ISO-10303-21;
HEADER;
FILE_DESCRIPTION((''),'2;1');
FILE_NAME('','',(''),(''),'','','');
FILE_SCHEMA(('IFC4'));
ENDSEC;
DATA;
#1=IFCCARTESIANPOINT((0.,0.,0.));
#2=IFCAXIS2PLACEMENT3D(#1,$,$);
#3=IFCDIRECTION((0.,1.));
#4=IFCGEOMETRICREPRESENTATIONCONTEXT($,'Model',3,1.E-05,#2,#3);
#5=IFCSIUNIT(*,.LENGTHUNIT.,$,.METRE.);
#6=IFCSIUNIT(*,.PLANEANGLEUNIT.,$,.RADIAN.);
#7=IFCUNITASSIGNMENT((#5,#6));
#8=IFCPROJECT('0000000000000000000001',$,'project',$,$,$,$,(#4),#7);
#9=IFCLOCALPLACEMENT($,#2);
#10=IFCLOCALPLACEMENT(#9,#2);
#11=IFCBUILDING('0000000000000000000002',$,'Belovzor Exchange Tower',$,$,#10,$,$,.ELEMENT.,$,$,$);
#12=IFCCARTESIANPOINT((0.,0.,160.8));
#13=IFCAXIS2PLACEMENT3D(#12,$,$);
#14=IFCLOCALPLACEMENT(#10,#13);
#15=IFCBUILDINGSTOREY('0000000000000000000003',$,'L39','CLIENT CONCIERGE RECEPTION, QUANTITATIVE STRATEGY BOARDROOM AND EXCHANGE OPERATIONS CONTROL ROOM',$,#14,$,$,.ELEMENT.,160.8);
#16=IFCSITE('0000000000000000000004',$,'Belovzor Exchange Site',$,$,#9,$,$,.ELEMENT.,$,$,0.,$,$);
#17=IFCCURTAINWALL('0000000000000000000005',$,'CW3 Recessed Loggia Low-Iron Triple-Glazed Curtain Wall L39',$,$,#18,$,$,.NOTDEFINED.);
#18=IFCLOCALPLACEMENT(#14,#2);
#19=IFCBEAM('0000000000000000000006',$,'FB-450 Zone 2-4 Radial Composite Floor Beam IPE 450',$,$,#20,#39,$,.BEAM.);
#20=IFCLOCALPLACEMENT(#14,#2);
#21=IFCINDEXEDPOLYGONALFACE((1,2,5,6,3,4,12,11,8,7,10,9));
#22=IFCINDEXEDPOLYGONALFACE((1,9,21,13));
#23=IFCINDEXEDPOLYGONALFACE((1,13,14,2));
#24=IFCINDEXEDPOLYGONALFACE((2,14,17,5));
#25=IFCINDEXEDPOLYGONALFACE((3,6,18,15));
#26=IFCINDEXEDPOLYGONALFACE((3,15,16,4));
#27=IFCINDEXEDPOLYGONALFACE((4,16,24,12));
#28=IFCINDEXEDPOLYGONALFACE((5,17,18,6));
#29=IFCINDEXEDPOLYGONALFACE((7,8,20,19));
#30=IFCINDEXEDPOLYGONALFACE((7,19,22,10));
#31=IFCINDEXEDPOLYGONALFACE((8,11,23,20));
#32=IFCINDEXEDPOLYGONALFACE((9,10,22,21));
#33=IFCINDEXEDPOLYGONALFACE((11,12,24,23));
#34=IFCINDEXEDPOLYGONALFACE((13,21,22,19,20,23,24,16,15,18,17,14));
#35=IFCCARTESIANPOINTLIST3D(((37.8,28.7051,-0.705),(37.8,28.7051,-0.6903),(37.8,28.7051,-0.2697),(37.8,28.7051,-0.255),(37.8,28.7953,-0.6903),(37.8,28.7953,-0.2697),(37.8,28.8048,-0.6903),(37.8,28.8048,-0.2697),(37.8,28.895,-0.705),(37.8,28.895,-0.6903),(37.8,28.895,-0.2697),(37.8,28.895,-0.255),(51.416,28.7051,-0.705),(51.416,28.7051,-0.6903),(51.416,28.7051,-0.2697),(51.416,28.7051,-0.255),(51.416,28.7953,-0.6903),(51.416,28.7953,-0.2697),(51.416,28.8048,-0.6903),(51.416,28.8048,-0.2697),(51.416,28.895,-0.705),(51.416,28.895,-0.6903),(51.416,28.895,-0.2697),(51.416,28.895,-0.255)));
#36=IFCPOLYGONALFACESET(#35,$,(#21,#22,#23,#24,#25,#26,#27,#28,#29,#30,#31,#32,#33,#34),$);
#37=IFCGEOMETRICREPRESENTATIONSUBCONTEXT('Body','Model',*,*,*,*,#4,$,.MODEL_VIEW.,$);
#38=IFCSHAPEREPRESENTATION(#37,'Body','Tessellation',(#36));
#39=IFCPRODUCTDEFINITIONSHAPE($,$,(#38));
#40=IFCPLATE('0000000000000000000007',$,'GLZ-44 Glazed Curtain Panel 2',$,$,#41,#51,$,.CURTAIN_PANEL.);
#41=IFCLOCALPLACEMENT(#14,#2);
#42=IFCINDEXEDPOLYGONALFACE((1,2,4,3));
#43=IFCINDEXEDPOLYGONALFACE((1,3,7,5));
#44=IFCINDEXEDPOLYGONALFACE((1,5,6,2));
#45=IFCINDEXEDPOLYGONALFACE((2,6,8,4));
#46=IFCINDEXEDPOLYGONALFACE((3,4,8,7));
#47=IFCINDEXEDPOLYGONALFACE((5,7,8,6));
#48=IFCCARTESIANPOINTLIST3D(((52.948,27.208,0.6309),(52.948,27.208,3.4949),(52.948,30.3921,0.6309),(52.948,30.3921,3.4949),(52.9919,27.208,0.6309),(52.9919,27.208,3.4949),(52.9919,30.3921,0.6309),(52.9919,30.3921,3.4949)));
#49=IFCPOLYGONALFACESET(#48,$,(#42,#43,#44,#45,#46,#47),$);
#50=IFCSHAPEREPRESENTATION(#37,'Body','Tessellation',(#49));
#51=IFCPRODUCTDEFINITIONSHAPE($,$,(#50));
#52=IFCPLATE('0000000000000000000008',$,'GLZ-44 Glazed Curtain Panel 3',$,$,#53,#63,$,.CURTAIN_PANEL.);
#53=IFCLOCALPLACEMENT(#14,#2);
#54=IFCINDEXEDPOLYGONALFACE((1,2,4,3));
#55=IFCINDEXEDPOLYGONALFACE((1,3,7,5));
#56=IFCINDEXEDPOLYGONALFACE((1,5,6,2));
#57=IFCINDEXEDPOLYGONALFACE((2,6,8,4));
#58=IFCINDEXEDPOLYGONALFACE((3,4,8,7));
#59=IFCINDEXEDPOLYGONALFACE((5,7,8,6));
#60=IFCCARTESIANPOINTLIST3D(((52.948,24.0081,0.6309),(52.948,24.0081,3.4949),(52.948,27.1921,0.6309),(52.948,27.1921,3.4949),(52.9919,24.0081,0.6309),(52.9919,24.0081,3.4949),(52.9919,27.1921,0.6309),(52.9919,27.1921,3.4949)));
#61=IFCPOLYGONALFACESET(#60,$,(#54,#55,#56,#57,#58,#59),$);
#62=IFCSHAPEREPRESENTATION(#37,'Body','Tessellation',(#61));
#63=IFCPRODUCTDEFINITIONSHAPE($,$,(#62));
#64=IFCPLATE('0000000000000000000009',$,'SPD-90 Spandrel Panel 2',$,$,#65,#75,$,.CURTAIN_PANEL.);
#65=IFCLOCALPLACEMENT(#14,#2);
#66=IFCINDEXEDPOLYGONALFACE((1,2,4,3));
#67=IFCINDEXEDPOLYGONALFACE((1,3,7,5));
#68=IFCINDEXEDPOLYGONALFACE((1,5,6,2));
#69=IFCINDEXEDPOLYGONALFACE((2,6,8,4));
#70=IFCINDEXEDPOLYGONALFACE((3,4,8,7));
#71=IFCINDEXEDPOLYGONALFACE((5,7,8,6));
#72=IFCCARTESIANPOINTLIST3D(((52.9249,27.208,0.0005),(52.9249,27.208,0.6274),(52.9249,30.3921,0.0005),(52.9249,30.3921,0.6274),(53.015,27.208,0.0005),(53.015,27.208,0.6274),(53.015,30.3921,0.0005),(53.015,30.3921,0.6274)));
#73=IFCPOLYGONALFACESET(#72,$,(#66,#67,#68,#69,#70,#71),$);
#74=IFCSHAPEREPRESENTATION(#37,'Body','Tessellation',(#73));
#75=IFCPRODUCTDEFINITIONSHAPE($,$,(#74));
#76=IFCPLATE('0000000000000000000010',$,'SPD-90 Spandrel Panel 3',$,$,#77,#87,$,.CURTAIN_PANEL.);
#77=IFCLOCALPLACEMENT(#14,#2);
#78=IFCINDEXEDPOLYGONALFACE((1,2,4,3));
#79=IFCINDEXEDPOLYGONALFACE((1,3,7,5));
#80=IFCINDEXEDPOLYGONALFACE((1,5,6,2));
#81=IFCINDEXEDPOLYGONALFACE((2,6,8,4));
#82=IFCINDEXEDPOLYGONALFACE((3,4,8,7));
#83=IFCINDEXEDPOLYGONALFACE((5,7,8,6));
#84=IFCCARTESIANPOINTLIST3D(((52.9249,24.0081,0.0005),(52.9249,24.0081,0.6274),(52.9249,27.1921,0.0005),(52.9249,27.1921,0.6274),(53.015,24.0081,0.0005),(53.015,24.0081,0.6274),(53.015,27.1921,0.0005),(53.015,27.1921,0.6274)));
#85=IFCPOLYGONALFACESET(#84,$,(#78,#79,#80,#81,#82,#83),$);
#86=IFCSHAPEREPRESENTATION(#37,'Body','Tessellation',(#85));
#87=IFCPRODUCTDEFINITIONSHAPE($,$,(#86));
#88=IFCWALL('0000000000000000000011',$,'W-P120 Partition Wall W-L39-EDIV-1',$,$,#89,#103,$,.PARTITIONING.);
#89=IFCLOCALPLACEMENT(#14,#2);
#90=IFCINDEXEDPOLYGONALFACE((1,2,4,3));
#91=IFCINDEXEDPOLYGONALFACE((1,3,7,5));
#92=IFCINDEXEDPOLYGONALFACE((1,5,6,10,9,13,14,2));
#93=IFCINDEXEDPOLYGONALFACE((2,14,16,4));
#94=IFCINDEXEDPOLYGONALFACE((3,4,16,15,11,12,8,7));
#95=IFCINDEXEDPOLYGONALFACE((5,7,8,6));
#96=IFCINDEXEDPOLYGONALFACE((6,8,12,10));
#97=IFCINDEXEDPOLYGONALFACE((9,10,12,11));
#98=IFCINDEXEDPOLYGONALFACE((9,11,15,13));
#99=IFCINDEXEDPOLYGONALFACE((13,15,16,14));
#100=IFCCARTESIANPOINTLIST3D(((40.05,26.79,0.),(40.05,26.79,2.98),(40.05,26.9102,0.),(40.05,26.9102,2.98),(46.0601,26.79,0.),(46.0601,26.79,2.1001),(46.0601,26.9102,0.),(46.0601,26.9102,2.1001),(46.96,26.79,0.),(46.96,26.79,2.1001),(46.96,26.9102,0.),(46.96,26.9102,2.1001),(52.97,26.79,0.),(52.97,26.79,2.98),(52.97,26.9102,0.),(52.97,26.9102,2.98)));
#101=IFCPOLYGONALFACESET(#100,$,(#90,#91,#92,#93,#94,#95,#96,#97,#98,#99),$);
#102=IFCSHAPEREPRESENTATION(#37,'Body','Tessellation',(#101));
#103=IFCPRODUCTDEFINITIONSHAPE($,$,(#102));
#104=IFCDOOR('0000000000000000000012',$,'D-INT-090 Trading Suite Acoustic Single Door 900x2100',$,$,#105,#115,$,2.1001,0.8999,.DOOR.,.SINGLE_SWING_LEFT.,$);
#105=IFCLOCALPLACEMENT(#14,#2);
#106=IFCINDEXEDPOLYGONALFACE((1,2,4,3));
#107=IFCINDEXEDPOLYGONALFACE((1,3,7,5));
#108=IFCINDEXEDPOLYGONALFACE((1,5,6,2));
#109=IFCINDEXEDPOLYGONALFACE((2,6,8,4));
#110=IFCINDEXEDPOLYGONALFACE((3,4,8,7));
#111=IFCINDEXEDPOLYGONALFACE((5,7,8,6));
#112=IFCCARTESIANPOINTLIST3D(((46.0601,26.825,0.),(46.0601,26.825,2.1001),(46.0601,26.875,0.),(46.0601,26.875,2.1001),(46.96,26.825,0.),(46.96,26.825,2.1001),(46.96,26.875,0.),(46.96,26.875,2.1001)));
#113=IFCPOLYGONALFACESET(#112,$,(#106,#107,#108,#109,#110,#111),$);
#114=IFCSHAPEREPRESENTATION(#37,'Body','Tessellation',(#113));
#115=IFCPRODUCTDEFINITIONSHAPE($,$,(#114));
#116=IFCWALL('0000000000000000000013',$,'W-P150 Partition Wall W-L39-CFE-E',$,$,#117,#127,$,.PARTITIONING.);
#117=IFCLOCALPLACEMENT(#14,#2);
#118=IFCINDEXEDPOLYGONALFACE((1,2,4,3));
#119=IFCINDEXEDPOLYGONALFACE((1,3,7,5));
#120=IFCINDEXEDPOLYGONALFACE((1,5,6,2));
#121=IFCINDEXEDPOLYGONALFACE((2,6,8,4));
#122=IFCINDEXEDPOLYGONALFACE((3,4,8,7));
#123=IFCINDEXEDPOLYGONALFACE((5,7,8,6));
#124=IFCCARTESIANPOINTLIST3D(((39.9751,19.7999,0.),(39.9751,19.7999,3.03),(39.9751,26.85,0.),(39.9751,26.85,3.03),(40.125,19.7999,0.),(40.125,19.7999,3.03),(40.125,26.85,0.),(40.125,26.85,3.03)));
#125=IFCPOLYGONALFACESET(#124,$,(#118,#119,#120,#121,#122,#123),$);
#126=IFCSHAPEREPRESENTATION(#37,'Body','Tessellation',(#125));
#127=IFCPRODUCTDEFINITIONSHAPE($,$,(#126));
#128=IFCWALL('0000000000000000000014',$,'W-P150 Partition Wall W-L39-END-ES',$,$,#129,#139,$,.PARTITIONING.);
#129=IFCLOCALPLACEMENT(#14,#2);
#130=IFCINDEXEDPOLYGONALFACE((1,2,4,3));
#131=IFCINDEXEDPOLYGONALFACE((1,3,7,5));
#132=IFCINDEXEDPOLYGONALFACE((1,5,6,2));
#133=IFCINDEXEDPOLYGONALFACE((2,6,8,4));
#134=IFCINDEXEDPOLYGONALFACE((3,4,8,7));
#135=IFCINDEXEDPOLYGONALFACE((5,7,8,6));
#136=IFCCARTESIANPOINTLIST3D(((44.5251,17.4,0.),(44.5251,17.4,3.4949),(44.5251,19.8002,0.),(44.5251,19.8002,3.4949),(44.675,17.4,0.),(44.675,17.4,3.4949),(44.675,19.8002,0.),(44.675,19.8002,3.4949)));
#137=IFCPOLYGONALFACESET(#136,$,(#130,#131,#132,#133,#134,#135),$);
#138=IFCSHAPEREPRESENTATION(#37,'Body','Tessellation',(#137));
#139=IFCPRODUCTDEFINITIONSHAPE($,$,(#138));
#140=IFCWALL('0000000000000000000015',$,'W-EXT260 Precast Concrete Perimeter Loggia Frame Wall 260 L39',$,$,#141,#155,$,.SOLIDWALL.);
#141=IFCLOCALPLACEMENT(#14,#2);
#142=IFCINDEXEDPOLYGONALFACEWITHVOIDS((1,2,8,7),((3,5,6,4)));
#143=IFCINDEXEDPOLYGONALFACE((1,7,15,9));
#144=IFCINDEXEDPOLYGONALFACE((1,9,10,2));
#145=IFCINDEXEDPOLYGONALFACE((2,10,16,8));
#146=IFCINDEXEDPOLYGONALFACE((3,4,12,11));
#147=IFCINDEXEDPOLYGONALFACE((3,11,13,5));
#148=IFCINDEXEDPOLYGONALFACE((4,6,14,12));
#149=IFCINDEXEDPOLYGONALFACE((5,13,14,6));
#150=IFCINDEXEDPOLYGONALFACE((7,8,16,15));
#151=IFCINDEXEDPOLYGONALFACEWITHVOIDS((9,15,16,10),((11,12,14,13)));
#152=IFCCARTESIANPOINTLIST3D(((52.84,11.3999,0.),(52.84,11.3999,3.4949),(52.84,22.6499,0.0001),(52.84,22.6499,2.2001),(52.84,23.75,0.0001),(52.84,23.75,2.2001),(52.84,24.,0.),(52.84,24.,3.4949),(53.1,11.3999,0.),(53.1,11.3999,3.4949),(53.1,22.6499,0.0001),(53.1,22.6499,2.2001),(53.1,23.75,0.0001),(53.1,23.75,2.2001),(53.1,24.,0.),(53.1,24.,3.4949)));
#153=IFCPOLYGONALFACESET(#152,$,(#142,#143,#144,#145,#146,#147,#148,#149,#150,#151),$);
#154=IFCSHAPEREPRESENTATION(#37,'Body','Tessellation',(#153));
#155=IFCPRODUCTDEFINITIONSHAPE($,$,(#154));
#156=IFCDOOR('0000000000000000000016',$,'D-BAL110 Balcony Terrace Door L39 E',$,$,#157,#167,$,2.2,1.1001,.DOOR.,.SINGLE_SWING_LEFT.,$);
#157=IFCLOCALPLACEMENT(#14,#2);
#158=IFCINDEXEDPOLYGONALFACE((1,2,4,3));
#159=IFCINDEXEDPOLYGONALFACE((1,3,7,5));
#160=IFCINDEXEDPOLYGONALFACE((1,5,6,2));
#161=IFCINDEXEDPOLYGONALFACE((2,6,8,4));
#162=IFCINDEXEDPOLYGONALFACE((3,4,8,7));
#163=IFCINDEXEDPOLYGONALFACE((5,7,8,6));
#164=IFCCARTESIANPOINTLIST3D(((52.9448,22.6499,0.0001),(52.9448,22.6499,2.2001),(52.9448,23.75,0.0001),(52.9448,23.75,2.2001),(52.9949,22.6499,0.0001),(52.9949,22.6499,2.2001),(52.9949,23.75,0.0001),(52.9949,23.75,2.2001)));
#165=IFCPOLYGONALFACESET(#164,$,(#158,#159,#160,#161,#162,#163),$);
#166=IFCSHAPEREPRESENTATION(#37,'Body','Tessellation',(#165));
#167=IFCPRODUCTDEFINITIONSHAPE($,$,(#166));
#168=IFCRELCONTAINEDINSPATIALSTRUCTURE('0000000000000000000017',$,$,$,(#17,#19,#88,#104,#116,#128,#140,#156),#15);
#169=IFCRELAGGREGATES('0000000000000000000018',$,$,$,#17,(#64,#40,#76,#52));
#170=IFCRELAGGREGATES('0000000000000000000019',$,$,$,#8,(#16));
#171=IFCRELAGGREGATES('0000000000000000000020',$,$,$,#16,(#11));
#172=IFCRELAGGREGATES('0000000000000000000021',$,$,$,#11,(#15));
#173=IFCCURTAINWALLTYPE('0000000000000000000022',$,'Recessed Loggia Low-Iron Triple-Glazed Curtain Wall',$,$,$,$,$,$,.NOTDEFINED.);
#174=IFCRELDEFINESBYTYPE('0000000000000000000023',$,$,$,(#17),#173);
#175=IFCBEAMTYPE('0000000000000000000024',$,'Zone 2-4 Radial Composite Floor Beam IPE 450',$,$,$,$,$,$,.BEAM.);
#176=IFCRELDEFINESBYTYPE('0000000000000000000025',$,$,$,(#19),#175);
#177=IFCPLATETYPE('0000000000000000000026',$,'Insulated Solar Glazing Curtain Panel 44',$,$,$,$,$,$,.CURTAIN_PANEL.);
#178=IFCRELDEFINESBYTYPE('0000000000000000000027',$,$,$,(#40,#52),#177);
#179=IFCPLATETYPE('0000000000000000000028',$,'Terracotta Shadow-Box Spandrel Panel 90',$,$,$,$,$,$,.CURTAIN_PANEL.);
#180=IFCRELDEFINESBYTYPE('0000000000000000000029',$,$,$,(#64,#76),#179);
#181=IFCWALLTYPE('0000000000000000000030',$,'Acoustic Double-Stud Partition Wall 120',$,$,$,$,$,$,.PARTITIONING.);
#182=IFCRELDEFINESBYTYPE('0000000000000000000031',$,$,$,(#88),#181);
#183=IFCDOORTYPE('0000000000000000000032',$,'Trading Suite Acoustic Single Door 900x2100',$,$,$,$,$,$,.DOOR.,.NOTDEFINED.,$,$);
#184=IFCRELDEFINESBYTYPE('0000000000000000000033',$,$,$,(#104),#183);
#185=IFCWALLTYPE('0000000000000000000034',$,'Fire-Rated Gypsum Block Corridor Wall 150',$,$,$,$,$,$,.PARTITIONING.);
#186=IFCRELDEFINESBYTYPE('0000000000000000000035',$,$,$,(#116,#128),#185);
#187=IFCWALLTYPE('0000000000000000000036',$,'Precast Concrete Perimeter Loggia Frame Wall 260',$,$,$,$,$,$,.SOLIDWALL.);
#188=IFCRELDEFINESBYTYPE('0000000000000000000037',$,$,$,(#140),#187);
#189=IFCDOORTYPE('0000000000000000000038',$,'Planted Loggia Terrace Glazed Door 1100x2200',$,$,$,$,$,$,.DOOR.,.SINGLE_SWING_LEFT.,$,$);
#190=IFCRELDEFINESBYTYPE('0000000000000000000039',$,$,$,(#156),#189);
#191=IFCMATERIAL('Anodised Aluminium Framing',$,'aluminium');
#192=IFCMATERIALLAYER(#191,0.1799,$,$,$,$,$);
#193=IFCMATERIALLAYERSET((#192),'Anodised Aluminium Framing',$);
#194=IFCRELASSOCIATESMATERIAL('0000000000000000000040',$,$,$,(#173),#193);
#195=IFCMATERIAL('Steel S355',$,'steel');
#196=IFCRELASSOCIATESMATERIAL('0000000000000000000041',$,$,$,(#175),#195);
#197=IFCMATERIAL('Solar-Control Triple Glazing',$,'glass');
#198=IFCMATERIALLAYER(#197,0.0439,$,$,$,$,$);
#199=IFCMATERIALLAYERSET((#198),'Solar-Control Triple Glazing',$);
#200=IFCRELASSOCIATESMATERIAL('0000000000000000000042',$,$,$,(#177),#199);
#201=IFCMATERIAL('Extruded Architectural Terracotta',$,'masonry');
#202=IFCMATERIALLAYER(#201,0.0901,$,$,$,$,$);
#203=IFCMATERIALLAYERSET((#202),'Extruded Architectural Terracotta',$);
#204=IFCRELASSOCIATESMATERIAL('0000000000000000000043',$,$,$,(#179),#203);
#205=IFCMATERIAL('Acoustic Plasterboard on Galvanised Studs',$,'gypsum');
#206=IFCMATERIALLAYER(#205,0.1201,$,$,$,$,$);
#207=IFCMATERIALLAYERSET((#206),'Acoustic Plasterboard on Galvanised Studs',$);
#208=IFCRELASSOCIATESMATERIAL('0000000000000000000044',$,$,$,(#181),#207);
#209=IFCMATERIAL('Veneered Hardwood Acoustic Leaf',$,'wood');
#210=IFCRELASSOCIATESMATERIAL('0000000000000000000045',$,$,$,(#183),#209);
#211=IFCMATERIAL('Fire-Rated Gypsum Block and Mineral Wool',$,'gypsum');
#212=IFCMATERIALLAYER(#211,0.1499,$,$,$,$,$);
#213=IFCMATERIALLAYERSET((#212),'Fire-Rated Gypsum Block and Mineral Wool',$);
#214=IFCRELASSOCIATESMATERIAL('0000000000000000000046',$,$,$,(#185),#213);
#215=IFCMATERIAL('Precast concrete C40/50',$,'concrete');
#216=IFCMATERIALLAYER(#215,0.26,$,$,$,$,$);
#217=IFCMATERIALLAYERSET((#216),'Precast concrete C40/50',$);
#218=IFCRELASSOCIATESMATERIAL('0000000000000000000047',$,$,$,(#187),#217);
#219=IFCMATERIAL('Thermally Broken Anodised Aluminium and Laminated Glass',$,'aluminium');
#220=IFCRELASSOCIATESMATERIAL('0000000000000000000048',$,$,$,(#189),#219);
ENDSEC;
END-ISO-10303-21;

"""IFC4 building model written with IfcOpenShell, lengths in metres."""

from ifc_helpers import new_model, si_unit, direction, frame, frame_2d, origin, origin_2d, place, context, subcontext, project, spatial, rectangle, i_section, extrude, material, layer, layer_set, material_profile, profile_set, type_object, element, fill, aggregate, save


model = new_model("IFC4")

# Units and contexts
model_context = context("Model", 3, precision=1e-05, world=origin(), true_north=direction((0.0, 1.0)))
body_context = subcontext(model_context, "Body", "Model", "MODEL_VIEW")
ifc_project = project(units=[si_unit("LENGTHUNIT", "METRE"), si_unit("PLANEANGLEUNIT", "RADIAN")], contexts=[model_context])

# Site, building, storey
site_placement = place(None, origin())
site = spatial("IfcSite", under=ifc_project, at=site_placement, Name="Belovzor Exchange Site", CompositionType="ELEMENT", RefElevation=0.0)
building_placement = place(site_placement, origin())
building = spatial("IfcBuilding", under=site, at=building_placement, Name="Belovzor Exchange Tower", CompositionType="ELEMENT")
storey_placement = place(building_placement, frame((0.0, 0.0, 160.8)))
storey = spatial("IfcBuildingStorey", under=building, at=storey_placement, Name="L39", Description="CLIENT CONCIERGE RECEPTION, QUANTITATIVE STRATEGY BOARDROOM AND EXCHANGE OPERATIONS CONTROL ROOM", CompositionType="ELEMENT", Elevation=160.8)

# Curtain wall
ifc_material_1 = material(Name="Anodised Aluminium Framing", Category="aluminium")
ifc_layer_1 = layer(ifc_material_1, 0.1799)
ifc_layer_set_1 = layer_set([ifc_layer_1], Name="Anodised Aluminium Framing")
curtain_wall_type = type_object("IfcCurtainWallType", Name="Recessed Loggia Low-Iron Triple-Glazed Curtain Wall", PredefinedType="NOTDEFINED", material=ifc_layer_set_1)
curtain_wall_placement = place(storey_placement, origin())
curtain_wall = element("IfcCurtainWall", 1, at=curtain_wall_placement, inside=storey, type_object=curtain_wall_type, Name="CW3 Recessed Loggia Low-Iron Triple-Glazed Curtain Wall L39", PredefinedType="NOTDEFINED")

# Beam
ifc_material_2 = material(Name="Steel S355", Category="steel")
ifc_material_profile_1 = material_profile(ifc_material_2, i_section(OverallWidth=0.1899, OverallDepth=0.45, WebThickness=0.0095, FlangeThickness=0.0146, at=origin_2d()))
ifc_profile_set_1 = profile_set([ifc_material_profile_1], Name="Steel S355")
beam_type_1 = type_object("IfcBeamType", Name="Zone 2-4 Radial Composite Floor Beam IPE 450", PredefinedType="BEAM", material=ifc_profile_set_1)
beam_1_placement = place(storey_placement, frame((37.8, 28.8, -0.48), z_axis=(1.0, 0.0, 0.0), x_axis=(0.0, 1.0, 0.0)))
element("IfcBeam", 2, at=beam_1_placement, inside=storey, type_object=beam_type_1, Name="FB-450 Zone 2-4 Radial Composite Floor Beam IPE 450", PredefinedType="BEAM", context=body_context, shape_type="SweptSolid", body=[
    extrude(i_section(OverallWidth=0.1899, OverallDepth=0.45, WebThickness=0.0095, FlangeThickness=0.0146, at=origin_2d()), origin(), (0.0, 0.0, 1.0), 13.616),
])

# Plates
ifc_material_3 = material(Name="Solar-Control Triple Glazing", Category="glass")
ifc_layer_2 = layer(ifc_material_3, 0.0439)
ifc_layer_set_2 = layer_set([ifc_layer_2], Name="Solar-Control Triple Glazing")
plate_type_1 = type_object("IfcPlateType", Name="Insulated Solar Glazing Curtain Panel 44", PredefinedType="CURTAIN_PANEL", material=ifc_layer_set_2)
plate_1_placement = place(storey_placement, frame((52.97, 28.8, 0.6309), z_axis=(0.0, 0.0, 1.0), x_axis=(0.0, -1.0, 0.0)))
plate_1 = element("IfcPlate", 3, at=plate_1_placement, type_object=plate_type_1, Name="GLZ-44 Glazed Curtain Panel 2", PredefinedType="CURTAIN_PANEL", context=body_context, shape_type="SweptSolid", body=[
    extrude(rectangle(XDim=3.1841, YDim=0.0439, at=origin_2d()), origin(), (0.0, 0.0, 1.0), 2.864),
])
plate_2_placement = place(storey_placement, frame((52.97, 25.6001, 0.6309), z_axis=(0.0, 0.0, 1.0), x_axis=(0.0, -1.0, 0.0)))
plate_2 = element("IfcPlate", 4, at=plate_2_placement, type_object=plate_type_1, Name="GLZ-44 Glazed Curtain Panel 3", PredefinedType="CURTAIN_PANEL", context=body_context, shape_type="SweptSolid", body=[
    extrude(rectangle(XDim=3.1841, YDim=0.0439, at=origin_2d()), origin(), (0.0, 0.0, 1.0), 2.864),
])
ifc_material_4 = material(Name="Extruded Architectural Terracotta", Category="masonry")
ifc_layer_3 = layer(ifc_material_4, 0.0901)
ifc_layer_set_3 = layer_set([ifc_layer_3], Name="Extruded Architectural Terracotta")
plate_type_2 = type_object("IfcPlateType", Name="Terracotta Shadow-Box Spandrel Panel 90", PredefinedType="CURTAIN_PANEL", material=ifc_layer_set_3)
plate_3_placement = place(storey_placement, frame((52.97, 28.8, 0.0005), z_axis=(0.0, 0.0, 1.0), x_axis=(0.0, -1.0, 0.0)))
plate_3 = element("IfcPlate", 5, at=plate_3_placement, type_object=plate_type_2, Name="SPD-90 Spandrel Panel 2", PredefinedType="CURTAIN_PANEL", context=body_context, shape_type="SweptSolid", body=[
    extrude(rectangle(XDim=3.1841, YDim=0.0901, at=origin_2d()), origin(), (0.0, 0.0, 1.0), 0.627),
])
plate_4_placement = place(storey_placement, frame((52.97, 25.6001, 0.0005), z_axis=(0.0, 0.0, 1.0), x_axis=(0.0, -1.0, 0.0)))
plate_4 = element("IfcPlate", 6, at=plate_4_placement, type_object=plate_type_2, Name="SPD-90 Spandrel Panel 3", PredefinedType="CURTAIN_PANEL", context=body_context, shape_type="SweptSolid", body=[
    extrude(rectangle(XDim=3.1841, YDim=0.0901, at=origin_2d()), origin(), (0.0, 0.0, 1.0), 0.627),
])
aggregate(curtain_wall, [plate_3, plate_1, plate_4, plate_2])

# Wall, opening, door
ifc_material_5 = material(Name="Acoustic Plasterboard on Galvanised Studs", Category="gypsum")
ifc_layer_4 = layer(ifc_material_5, 0.1201)
ifc_layer_set_4 = layer_set([ifc_layer_4], Name="Acoustic Plasterboard on Galvanised Studs")
wall_type_1 = type_object("IfcWallType", Name="Acoustic Double-Stud Partition Wall 120", PredefinedType="PARTITIONING", material=ifc_layer_set_4)
wall_1_placement = place(storey_placement, frame((40.05, 26.8501, 0.0), z_axis=(0.0, 0.0, 1.0), x_axis=(1.0, 0.0, 0.0)))
wall_1 = element("IfcWall", 7, at=wall_1_placement, inside=storey, type_object=wall_type_1, Name="W-P120 Partition Wall W-L39-EDIV-1", PredefinedType="PARTITIONING", context=body_context, shape_type="SweptSolid", body=[
    extrude(rectangle(XDim=12.9199, YDim=0.1201, at=frame_2d((6.46, 0.0))), origin(), (0.0, 0.0, 1.0), 2.98),
])
opening_1_placement = place(wall_1_placement, frame((6.01, 0.0, 0.0)))
opening_1 = element("IfcOpeningElement", 8, at=opening_1_placement, cuts=wall_1, PredefinedType="OPENING", context=body_context, shape_type="SweptSolid", body=[
    extrude(rectangle(XDim=0.8999, YDim=2.1001, at=frame_2d((0.45, 1.05))), frame((0.0, 0.0701, 0.0), z_axis=(0.0, -1.0, 0.0), x_axis=(1.0, 0.0, 0.0)), (0.0, 0.0, 1.0), 0.1401),
])
ifc_material_6 = material(Name="Veneered Hardwood Acoustic Leaf", Category="wood")
door_type_1 = type_object("IfcDoorType", Name="Trading Suite Acoustic Single Door 900x2100", OperationType="NOTDEFINED", PredefinedType="DOOR", material=ifc_material_6)
door_1_placement = place(opening_1_placement, origin())
door_1 = element("IfcDoor", 9, at=door_1_placement, inside=storey, type_object=door_type_1, Name="D-INT-090 Trading Suite Acoustic Single Door 900x2100", OperationType="SINGLE_SWING_LEFT", OverallHeight=2.1001, OverallWidth=0.8999, PredefinedType="DOOR", context=body_context, shape_type="SweptSolid", body=[
    extrude(rectangle(XDim=0.8999, YDim=2.1001, at=frame_2d((0.45, 1.05))), frame((0.0, 0.0249, 0.0), z_axis=(0.0, -1.0, 0.0), x_axis=(1.0, 0.0, 0.0)), (0.0, 0.0, 1.0), 0.05),
])
fill(opening_1, door_1)

# Walls
ifc_material_7 = material(Name="Fire-Rated Gypsum Block and Mineral Wool", Category="gypsum")
ifc_layer_5 = layer(ifc_material_7, 0.1499)
ifc_layer_set_5 = layer_set([ifc_layer_5], Name="Fire-Rated Gypsum Block and Mineral Wool")
wall_type_2 = type_object("IfcWallType", Name="Fire-Rated Gypsum Block Corridor Wall 150", PredefinedType="PARTITIONING", material=ifc_layer_set_5)
wall_2_placement = place(storey_placement, frame((40.05, 19.8, 0.0), z_axis=(0.0, 0.0, 1.0), x_axis=(0.0, 1.0, 0.0)))
element("IfcWall", 10, at=wall_2_placement, inside=storey, type_object=wall_type_2, Name="W-P150 Partition Wall W-L39-CFE-E", PredefinedType="PARTITIONING", context=body_context, shape_type="SweptSolid", body=[
    extrude(rectangle(XDim=7.05, YDim=0.1499, at=frame_2d((3.5249, 0.0))), origin(), (0.0, 0.0, 1.0), 3.03),
])
wall_3_placement = place(storey_placement, frame((44.6001, 17.3999, 0.0), z_axis=(0.0, 0.0, 1.0), x_axis=(0.0, 1.0, 0.0)))
element("IfcWall", 11, at=wall_3_placement, inside=storey, type_object=wall_type_2, Name="W-P150 Partition Wall W-L39-END-ES", PredefinedType="PARTITIONING", context=body_context, shape_type="SweptSolid", body=[
    extrude(rectangle(XDim=2.4001, YDim=0.1499, at=frame_2d((1.2002, 0.0))), origin(), (0.0, 0.0, 1.0), 3.4949),
])

# Wall, opening, door
ifc_material_8 = material(Name="Precast concrete C40/50", Category="concrete")
ifc_layer_6 = layer(ifc_material_8, 0.26)
ifc_layer_set_6 = layer_set([ifc_layer_6], Name="Precast concrete C40/50")
wall_type_3 = type_object("IfcWallType", Name="Precast Concrete Perimeter Loggia Frame Wall 260", PredefinedType="SOLIDWALL", material=ifc_layer_set_6)
wall_4_placement = place(storey_placement, frame((52.97, 24.0, 0.0), z_axis=(0.0, 0.0, 1.0), x_axis=(0.0, -1.0, 0.0)))
wall_4 = element("IfcWall", 12, at=wall_4_placement, inside=storey, type_object=wall_type_3, Name="W-EXT260 Precast Concrete Perimeter Loggia Frame Wall 260 L39", PredefinedType="SOLIDWALL", context=body_context, shape_type="SweptSolid", body=[
    extrude(rectangle(XDim=12.6001, YDim=0.26, at=frame_2d((6.3, 0.0))), origin(), (0.0, 0.0, 1.0), 3.4949),
])
opening_2_placement = place(wall_4_placement, frame((0.25, 0.0, 0.0)))
opening_2 = element("IfcOpeningElement", 13, at=opening_2_placement, cuts=wall_4, PredefinedType="OPENING", context=body_context, shape_type="SweptSolid", body=[
    extrude(rectangle(XDim=1.1001, YDim=2.2, at=frame_2d((0.55, 1.1001))), frame((0.0, 0.1399, 0.0), z_axis=(0.0, -1.0, 0.0), x_axis=(1.0, 0.0, 0.0)), (0.0, 0.0, 1.0), 0.28),
])
ifc_material_9 = material(Name="Thermally Broken Anodised Aluminium and Laminated Glass", Category="aluminium")
door_type_2 = type_object("IfcDoorType", Name="Planted Loggia Terrace Glazed Door 1100x2200", OperationType="SINGLE_SWING_LEFT", PredefinedType="DOOR", material=ifc_material_9)
door_2_placement = place(opening_2_placement, origin())
door_2 = element("IfcDoor", 14, at=door_2_placement, inside=storey, type_object=door_type_2, Name="D-BAL110 Balcony Terrace Door L39 E", OperationType="SINGLE_SWING_LEFT", OverallHeight=2.2, OverallWidth=1.1001, PredefinedType="DOOR", context=body_context, shape_type="SweptSolid", body=[
    extrude(rectangle(XDim=1.1001, YDim=2.2, at=frame_2d((0.55, 1.1001))), frame((0.0, 0.0249, 0.0), z_axis=(0.0, -1.0, 0.0), x_axis=(1.0, 0.0, 0.0)), (0.0, 0.0, 1.0), 0.05),
])
fill(opening_2, door_2)

save(model, "model.ifc")
